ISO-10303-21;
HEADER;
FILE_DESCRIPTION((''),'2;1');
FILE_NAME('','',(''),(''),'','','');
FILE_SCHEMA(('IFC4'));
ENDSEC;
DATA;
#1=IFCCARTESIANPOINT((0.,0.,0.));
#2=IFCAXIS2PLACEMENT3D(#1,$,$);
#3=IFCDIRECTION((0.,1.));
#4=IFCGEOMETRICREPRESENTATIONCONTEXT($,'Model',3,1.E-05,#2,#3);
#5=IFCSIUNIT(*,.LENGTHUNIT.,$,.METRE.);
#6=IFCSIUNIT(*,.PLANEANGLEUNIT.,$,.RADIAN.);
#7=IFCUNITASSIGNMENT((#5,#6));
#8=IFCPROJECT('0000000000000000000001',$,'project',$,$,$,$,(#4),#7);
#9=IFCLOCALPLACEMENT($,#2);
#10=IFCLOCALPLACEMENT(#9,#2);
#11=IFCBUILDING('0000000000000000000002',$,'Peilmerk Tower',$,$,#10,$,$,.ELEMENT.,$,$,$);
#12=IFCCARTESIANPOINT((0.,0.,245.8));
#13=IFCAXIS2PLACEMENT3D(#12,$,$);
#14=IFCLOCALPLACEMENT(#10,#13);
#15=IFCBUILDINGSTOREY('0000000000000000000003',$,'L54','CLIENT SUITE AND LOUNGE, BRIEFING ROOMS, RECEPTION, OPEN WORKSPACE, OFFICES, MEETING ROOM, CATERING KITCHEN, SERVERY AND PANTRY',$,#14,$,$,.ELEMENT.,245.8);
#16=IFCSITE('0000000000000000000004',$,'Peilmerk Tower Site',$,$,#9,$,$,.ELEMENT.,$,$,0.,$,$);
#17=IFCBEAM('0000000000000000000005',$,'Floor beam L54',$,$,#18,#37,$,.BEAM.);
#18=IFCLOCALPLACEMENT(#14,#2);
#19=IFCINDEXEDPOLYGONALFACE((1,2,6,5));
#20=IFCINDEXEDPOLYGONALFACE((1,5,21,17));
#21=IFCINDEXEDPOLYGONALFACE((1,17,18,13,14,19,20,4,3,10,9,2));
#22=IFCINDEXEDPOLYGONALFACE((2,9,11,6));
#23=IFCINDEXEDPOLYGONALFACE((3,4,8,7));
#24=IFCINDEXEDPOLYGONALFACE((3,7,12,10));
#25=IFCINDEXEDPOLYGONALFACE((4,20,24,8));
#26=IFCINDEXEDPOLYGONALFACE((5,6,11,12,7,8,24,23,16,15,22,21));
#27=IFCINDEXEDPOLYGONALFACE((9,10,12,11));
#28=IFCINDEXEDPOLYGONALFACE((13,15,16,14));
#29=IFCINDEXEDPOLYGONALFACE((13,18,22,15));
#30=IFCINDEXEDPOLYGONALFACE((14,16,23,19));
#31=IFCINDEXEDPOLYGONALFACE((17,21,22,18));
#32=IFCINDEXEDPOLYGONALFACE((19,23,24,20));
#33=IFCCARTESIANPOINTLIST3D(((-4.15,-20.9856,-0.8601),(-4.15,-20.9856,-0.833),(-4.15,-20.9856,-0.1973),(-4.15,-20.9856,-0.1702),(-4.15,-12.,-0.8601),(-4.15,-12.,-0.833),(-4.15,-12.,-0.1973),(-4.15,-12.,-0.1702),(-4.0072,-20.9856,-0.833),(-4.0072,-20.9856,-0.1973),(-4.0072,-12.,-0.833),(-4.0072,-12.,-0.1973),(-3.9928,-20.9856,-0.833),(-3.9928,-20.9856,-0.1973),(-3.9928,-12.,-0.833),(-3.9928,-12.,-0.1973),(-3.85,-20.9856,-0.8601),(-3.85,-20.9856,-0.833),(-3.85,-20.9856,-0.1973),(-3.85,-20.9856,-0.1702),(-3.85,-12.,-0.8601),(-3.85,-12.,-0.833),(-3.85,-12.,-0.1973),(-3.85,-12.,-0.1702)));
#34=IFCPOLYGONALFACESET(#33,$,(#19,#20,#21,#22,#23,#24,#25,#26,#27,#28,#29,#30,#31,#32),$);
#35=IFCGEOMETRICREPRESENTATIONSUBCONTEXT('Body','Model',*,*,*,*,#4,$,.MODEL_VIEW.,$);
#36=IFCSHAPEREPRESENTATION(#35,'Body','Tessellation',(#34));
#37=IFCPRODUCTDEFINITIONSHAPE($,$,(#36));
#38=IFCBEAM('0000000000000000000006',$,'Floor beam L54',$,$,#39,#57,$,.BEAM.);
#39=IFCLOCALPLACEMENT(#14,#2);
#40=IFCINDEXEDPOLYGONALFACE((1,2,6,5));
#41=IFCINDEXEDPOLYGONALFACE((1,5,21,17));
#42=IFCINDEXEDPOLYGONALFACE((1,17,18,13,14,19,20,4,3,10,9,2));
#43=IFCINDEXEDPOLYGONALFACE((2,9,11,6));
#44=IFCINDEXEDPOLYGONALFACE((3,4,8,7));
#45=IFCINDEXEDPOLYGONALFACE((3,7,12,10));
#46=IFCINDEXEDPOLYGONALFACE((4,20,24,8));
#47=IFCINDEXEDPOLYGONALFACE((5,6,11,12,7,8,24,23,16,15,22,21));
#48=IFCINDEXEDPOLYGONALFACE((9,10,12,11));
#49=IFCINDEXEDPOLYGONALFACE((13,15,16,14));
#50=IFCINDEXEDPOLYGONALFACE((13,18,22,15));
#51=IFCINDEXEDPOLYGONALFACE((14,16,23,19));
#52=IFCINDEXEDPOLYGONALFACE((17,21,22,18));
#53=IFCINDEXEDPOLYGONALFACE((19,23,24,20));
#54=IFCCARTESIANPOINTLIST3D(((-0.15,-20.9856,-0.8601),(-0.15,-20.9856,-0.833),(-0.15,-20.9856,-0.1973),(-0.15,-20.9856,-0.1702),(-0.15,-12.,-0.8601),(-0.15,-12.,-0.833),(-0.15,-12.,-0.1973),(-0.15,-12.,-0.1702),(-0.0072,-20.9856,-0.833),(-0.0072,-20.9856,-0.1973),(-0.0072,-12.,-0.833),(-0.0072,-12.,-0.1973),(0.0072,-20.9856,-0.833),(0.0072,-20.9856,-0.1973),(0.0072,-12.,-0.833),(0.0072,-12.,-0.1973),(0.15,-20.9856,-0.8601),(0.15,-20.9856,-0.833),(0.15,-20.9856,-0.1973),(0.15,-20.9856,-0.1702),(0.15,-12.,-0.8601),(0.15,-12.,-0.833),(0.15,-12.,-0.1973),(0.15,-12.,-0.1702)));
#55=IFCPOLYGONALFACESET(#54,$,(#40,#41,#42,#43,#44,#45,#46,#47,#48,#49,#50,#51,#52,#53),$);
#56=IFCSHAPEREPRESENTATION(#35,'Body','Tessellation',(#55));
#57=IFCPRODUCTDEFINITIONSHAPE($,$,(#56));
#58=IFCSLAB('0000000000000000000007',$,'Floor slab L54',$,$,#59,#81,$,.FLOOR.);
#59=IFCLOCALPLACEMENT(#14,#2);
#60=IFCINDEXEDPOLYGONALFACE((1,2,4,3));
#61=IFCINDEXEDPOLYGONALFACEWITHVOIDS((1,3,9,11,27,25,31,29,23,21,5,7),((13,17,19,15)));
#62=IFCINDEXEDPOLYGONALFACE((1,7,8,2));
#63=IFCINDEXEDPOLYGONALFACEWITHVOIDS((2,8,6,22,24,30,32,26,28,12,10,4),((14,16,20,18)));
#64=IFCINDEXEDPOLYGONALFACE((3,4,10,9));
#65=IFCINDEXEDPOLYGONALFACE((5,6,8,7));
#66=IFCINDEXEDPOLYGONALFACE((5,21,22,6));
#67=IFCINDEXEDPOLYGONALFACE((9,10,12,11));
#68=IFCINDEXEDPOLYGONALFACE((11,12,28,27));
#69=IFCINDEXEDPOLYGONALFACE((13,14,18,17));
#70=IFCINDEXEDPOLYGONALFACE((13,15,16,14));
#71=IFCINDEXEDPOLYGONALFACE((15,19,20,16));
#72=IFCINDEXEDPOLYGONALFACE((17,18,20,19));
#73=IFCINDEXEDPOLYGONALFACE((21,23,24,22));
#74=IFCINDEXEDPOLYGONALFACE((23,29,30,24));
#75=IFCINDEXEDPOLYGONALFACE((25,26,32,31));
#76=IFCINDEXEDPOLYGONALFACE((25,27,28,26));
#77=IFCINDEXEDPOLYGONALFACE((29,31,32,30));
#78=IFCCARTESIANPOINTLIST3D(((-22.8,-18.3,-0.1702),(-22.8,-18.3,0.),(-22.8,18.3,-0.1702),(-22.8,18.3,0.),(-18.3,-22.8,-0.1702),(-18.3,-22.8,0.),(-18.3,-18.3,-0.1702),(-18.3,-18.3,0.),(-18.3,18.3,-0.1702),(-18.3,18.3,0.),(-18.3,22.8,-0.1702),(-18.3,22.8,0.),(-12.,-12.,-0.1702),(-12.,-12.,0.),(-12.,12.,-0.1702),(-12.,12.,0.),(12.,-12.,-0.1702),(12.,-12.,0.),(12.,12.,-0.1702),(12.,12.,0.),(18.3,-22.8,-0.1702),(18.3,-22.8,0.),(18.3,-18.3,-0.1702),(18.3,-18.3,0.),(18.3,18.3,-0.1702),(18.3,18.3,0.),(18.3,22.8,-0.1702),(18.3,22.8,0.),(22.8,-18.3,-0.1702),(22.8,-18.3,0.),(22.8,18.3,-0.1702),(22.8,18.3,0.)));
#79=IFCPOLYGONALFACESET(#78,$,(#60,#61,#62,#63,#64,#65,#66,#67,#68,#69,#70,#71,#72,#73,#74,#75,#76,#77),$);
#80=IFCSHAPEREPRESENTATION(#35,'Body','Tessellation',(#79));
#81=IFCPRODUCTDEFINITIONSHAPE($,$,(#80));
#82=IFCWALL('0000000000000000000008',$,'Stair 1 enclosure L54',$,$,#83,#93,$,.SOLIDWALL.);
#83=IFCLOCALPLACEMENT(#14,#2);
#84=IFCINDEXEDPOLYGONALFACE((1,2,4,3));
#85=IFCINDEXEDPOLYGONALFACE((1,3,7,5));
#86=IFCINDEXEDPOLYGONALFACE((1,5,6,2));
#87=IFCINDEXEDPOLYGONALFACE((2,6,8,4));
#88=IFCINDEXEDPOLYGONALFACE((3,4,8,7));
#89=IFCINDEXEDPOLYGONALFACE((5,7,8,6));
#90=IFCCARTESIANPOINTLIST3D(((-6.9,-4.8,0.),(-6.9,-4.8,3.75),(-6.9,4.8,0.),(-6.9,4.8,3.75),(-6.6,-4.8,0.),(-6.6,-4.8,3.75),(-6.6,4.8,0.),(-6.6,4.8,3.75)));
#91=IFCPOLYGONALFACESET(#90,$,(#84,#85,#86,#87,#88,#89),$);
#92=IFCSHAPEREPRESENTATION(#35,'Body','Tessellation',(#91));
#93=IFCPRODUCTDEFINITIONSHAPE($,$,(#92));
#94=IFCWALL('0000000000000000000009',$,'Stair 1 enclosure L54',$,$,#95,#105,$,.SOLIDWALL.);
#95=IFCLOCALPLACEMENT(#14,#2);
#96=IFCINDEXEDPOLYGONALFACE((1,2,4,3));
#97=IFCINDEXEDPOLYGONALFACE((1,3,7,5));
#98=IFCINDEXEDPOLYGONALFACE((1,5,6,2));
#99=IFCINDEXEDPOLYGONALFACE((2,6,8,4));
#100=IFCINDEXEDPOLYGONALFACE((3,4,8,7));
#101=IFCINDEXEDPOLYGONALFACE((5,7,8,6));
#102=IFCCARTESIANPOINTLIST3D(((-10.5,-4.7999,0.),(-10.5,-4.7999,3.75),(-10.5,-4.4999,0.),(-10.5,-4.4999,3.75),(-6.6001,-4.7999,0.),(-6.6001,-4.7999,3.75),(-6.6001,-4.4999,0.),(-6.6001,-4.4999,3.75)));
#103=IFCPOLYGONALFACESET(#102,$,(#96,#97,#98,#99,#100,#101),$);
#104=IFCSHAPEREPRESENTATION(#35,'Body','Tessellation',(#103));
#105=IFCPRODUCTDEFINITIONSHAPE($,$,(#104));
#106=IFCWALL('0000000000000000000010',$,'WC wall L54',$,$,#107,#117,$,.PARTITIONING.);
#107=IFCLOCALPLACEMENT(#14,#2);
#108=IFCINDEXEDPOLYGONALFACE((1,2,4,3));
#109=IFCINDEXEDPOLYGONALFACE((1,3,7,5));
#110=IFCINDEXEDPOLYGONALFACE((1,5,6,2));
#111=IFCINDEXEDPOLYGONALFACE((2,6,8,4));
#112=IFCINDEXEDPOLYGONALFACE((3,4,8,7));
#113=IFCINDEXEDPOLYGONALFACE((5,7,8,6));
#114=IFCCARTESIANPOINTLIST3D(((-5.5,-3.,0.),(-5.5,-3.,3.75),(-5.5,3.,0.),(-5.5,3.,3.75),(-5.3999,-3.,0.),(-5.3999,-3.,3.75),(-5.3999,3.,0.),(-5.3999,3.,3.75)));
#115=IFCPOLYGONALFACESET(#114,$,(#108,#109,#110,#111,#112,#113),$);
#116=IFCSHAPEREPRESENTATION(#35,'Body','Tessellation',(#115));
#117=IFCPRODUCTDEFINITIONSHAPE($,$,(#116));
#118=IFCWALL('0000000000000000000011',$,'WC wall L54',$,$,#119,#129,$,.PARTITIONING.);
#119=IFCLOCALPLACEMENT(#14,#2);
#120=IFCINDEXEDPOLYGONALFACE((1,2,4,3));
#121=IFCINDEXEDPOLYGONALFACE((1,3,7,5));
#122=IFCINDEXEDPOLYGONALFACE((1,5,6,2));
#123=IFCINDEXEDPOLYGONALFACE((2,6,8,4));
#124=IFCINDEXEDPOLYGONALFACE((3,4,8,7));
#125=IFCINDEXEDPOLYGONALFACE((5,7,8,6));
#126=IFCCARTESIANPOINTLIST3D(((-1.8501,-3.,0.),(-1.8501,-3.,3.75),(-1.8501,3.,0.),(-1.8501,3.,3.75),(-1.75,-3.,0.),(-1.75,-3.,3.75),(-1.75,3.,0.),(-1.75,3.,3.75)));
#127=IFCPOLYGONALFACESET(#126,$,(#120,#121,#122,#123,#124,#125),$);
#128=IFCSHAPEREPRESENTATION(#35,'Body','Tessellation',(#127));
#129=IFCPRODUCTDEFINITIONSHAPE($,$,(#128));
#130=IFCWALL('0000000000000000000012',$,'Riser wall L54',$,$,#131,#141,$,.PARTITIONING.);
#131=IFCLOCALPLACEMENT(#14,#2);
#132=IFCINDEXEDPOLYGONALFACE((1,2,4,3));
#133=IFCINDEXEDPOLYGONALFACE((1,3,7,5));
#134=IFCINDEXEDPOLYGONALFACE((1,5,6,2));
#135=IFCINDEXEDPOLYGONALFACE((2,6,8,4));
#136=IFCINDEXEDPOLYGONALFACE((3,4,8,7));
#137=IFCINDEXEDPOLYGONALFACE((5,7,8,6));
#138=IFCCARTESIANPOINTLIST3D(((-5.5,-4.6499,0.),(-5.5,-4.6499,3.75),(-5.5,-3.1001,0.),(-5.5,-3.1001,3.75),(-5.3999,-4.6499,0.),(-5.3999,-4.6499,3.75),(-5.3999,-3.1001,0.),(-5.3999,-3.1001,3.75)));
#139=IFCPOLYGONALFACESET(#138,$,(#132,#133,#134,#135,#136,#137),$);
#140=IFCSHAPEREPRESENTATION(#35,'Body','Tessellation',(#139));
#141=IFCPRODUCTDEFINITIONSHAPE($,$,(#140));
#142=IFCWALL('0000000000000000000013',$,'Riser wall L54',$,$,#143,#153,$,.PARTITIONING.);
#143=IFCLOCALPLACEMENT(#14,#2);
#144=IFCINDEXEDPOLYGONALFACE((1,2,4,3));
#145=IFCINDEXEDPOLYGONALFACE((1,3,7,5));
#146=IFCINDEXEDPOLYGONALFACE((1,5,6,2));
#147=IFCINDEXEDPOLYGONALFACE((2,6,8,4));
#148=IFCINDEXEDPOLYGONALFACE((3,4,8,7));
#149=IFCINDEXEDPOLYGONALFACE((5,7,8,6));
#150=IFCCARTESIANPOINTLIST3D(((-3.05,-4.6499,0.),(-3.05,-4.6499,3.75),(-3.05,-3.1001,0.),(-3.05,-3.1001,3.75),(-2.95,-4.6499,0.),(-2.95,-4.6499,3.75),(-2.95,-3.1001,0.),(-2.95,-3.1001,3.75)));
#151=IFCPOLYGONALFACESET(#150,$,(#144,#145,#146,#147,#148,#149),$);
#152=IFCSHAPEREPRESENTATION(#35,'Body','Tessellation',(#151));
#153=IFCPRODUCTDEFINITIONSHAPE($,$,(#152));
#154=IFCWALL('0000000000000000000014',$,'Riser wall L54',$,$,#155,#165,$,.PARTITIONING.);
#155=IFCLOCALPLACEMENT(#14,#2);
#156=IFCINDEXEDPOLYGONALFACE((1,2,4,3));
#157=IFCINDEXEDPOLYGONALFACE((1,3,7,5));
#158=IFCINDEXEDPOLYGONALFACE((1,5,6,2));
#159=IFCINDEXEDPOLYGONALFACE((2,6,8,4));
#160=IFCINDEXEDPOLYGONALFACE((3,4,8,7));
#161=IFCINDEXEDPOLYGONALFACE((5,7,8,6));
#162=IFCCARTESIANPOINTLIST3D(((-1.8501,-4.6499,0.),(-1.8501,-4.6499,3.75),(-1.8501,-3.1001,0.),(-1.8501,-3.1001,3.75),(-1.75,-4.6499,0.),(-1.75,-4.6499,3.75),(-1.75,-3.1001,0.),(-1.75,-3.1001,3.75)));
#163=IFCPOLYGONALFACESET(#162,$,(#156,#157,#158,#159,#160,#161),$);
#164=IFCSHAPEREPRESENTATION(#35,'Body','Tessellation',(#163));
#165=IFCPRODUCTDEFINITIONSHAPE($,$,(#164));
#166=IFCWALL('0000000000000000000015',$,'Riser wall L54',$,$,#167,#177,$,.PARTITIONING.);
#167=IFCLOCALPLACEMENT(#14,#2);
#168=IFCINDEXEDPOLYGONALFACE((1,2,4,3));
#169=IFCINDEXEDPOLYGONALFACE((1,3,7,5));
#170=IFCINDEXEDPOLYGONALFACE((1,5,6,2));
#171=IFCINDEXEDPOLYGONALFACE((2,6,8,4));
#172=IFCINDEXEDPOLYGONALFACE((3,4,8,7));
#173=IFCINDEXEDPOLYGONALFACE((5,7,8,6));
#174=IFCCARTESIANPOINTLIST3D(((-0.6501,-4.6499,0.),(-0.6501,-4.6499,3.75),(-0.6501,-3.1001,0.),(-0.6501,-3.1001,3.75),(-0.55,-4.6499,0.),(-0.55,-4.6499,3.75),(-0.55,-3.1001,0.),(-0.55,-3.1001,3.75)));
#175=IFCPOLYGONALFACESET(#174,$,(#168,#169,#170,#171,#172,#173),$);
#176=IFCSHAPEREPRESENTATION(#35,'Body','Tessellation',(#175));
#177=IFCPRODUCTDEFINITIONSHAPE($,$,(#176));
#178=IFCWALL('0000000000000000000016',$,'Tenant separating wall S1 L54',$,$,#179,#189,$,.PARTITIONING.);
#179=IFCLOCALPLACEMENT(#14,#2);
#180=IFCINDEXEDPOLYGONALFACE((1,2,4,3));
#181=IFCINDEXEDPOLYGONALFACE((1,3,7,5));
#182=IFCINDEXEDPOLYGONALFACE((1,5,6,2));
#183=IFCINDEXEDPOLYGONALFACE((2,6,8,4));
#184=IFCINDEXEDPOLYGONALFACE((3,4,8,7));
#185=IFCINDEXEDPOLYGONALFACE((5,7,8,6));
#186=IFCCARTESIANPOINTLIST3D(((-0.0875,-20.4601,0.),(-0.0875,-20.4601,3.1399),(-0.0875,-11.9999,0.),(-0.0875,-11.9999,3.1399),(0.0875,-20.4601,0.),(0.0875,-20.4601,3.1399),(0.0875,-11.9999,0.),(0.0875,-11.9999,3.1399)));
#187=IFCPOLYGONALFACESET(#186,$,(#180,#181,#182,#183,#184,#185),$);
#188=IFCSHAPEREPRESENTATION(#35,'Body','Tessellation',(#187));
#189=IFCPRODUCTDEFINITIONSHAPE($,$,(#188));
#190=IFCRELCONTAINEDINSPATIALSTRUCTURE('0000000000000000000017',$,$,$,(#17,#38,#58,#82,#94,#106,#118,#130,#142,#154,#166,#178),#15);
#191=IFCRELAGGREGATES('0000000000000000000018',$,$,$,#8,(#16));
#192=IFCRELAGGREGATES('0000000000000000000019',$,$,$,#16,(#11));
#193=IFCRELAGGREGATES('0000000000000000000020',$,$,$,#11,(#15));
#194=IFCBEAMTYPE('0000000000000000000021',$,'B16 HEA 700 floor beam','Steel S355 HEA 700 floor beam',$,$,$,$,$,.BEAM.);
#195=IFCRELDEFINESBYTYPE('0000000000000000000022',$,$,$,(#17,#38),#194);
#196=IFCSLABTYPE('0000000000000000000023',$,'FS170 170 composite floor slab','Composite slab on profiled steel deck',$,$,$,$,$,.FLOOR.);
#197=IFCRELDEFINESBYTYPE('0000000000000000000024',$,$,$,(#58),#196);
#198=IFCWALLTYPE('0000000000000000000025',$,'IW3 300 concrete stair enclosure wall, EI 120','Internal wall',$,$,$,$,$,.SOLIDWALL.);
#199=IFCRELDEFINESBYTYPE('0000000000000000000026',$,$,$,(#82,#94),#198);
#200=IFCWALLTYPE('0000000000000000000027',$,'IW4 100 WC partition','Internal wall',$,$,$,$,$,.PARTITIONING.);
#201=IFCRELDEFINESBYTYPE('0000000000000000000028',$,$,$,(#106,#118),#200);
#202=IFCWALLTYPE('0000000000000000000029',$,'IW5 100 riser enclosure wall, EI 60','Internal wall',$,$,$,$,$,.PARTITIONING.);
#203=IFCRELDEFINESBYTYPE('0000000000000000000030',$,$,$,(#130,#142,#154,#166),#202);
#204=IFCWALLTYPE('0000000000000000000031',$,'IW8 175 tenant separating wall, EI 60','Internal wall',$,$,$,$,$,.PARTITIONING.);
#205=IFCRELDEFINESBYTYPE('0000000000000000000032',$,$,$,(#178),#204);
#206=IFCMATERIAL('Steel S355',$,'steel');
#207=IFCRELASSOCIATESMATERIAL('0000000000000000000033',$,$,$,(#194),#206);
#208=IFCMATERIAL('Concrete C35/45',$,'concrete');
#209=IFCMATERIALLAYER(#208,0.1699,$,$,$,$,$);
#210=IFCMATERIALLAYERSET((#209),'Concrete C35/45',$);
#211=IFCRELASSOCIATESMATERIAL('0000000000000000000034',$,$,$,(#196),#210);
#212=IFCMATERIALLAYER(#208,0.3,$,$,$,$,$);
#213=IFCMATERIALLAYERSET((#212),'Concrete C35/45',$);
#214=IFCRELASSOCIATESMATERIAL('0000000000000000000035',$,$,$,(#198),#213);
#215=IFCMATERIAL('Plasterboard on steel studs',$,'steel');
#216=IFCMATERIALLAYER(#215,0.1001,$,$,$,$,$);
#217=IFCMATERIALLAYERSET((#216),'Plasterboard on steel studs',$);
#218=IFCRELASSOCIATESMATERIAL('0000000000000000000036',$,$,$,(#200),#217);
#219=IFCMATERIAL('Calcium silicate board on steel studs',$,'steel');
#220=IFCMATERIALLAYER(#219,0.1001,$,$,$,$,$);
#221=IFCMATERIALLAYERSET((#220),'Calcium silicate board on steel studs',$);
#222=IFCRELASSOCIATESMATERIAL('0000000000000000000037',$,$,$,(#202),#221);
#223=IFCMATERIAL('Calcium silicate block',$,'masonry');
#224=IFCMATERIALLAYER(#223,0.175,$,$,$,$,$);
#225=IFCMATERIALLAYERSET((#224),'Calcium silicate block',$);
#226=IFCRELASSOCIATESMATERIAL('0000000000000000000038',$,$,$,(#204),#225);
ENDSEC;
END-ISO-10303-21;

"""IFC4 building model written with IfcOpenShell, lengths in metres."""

from ifc_helpers import new_model, si_unit, direction, frame, frame_2d, origin, origin_2d, place, context, subcontext, project, spatial, polyline, rectangle, i_section, outline, extrude, material, layer, layer_set, material_profile, profile_set, type_object, element, save


model = new_model("IFC4")

# Units and contexts
model_context = context("Model", 3, precision=1e-05, world=origin(), true_north=direction((0.0, 1.0)))
body_context = subcontext(model_context, "Body", "Model", "MODEL_VIEW")
ifc_project = project(units=[si_unit("LENGTHUNIT", "METRE"), si_unit("PLANEANGLEUNIT", "RADIAN")], contexts=[model_context])

# Site, building, storey
site_placement = place(None, origin())
site = spatial("IfcSite", under=ifc_project, at=site_placement, Name="Peilmerk Tower Site", CompositionType="ELEMENT", RefElevation=0.0)
building_placement = place(site_placement, origin())
building = spatial("IfcBuilding", under=site, at=building_placement, Name="Peilmerk Tower", CompositionType="ELEMENT")
storey_placement = place(building_placement, frame((0.0, 0.0, 245.8)))
storey = spatial("IfcBuildingStorey", under=building, at=storey_placement, Name="L54", Description="CLIENT SUITE AND LOUNGE, BRIEFING ROOMS, RECEPTION, OPEN WORKSPACE, OFFICES, MEETING ROOM, CATERING KITCHEN, SERVERY AND PANTRY", CompositionType="ELEMENT", Elevation=245.8)

# Beams
ifc_material_1 = material(Name="Steel S355", Category="steel")
ifc_material_profile = material_profile(ifc_material_1, i_section(OverallWidth=0.3, OverallDepth=0.6899, WebThickness=0.0144, FlangeThickness=0.0271, at=origin_2d()), Name="HEA 700")
ifc_profile_set = profile_set([ifc_material_profile], Name="Steel S355")
beam_type = type_object("IfcBeamType", Name="B16 HEA 700 floor beam", Description="Steel S355 HEA 700 floor beam", PredefinedType="BEAM", material=ifc_profile_set)
for number, where, z_axis, x_axis, name in (
    (1, (-4.0, -12.0, -0.5151), (0.0, -1.0, 0.0), (1.0, 0.0, 0.0), "Floor beam L54"),
    (2, (0.0, -12.0, -0.5151), (0.0, -1.0, 0.0), (1.0, 0.0, 0.0), "Floor beam L54"),
):
    element("IfcBeam", number, at=place(storey_placement, frame(where, z_axis=z_axis, x_axis=x_axis)), inside=storey, type_object=beam_type, Name=name, PredefinedType="BEAM", context=body_context, shape_type="SweptSolid", body=[
        extrude(i_section(OverallWidth=0.3, OverallDepth=0.6899, WebThickness=0.0144, FlangeThickness=0.0271, at=origin_2d()), origin(), (0.0, 0.0, 1.0), 8.9856),
    ])

# Slab
ifc_material_2 = material(Name="Concrete C35/45", Category="concrete")
ifc_layer_1 = layer(ifc_material_2, 0.1699)
ifc_layer_set_1 = layer_set([ifc_layer_1], Name="Concrete C35/45")
slab_type = type_object("IfcSlabType", Name="FS170 170 composite floor slab", Description="Composite slab on profiled steel deck", PredefinedType="FLOOR", material=ifc_layer_set_1)
slab_placement = place(storey_placement, frame((0.0, 0.0, -0.1702)))
element("IfcSlab", 3, at=slab_placement, inside=storey, type_object=slab_type, Name="Floor slab L54", PredefinedType="FLOOR", context=body_context, shape_type="SweptSolid", body=[
    extrude(outline(polyline([(-18.3, -22.8), (18.3, -22.8), (18.3, -18.3), (22.8, -18.3), (22.8, 18.3), (18.3, 18.3), (18.3, 22.8), (-18.3, 22.8), (-18.3, 18.3), (-22.8, 18.3), (-22.8, -18.3), (-18.3, -18.3), (-18.3, -22.8)]), holes=[polyline([(12.0, 12.0), (12.0, -12.0), (-12.0, -12.0), (-12.0, 12.0), (12.0, 12.0)])]), origin(), (0.0, 0.0, 1.0), 0.1702),
])

# Walls
ifc_layer_2 = layer(ifc_material_2, 0.3)
ifc_layer_set_2 = layer_set([ifc_layer_2], Name="Concrete C35/45")
wall_type_1 = type_object("IfcWallType", Name="IW3 300 concrete stair enclosure wall, EI 120", Description="Internal wall", PredefinedType="SOLIDWALL", material=ifc_layer_set_2)
wall_1_placement = place(storey_placement, frame((-6.75, -4.8, 0.0), z_axis=(0.0, 0.0, 1.0), x_axis=(0.0, 1.0, 0.0)))
element("IfcWall", 4, at=wall_1_placement, inside=storey, type_object=wall_type_1, Name="Stair 1 enclosure L54", PredefinedType="SOLIDWALL", context=body_context, shape_type="SweptSolid", body=[
    extrude(rectangle(XDim=9.6001, YDim=0.3, at=frame_2d((4.8, 0.0))), origin(), (0.0, 0.0, 1.0), 3.75),
])
wall_2_placement = place(storey_placement, frame((-6.6001, -4.6499, 0.0), z_axis=(0.0, 0.0, 1.0), x_axis=(-1.0, 0.0, 0.0)))
element("IfcWall", 5, at=wall_2_placement, inside=storey, type_object=wall_type_1, Name="Stair 1 enclosure L54", PredefinedType="SOLIDWALL", context=body_context, shape_type="SweptSolid", body=[
    extrude(rectangle(XDim=3.8999, YDim=0.3, at=frame_2d((1.95, 0.0))), origin(), (0.0, 0.0, 1.0), 3.75),
])
ifc_material_3 = material(Name="Plasterboard on steel studs", Category="steel")
ifc_layer_3 = layer(ifc_material_3, 0.1001)
ifc_layer_set_3 = layer_set([ifc_layer_3], Name="Plasterboard on steel studs")
wall_type_2 = type_object("IfcWallType", Name="IW4 100 WC partition", Description="Internal wall", PredefinedType="PARTITIONING", material=ifc_layer_set_3)
for number, where, z_axis, x_axis, name in (
    (6, (-5.45, -3.0, 0.0), (0.0, 0.0, 1.0), (0.0, 1.0, 0.0), "WC wall L54"),
    (7, (-1.8, -3.0, 0.0), (0.0, 0.0, 1.0), (0.0, 1.0, 0.0), "WC wall L54"),
):
    element("IfcWall", number, at=place(storey_placement, frame(where, z_axis=z_axis, x_axis=x_axis)), inside=storey, type_object=wall_type_2, Name=name, PredefinedType="PARTITIONING", context=body_context, shape_type="SweptSolid", body=[
        extrude(rectangle(XDim=6.0, YDim=0.1001, at=frame_2d((3.0, 0.0))), origin(), (0.0, 0.0, 1.0), 3.75),
    ])
ifc_material_4 = material(Name="Calcium silicate board on steel studs", Category="steel")
ifc_layer_4 = layer(ifc_material_4, 0.1001)
ifc_layer_set_4 = layer_set([ifc_layer_4], Name="Calcium silicate board on steel studs")
wall_type_3 = type_object("IfcWallType", Name="IW5 100 riser enclosure wall, EI 60", Description="Internal wall", PredefinedType="PARTITIONING", material=ifc_layer_set_4)
for number, where, z_axis, x_axis, name in (
    (8, (-5.45, -3.1001, 0.0), (0.0, 0.0, 1.0), (0.0, -1.0, 0.0), "Riser wall L54"),
    (9, (-3.0, -3.1001, 0.0), (0.0, 0.0, 1.0), (0.0, -1.0, 0.0), "Riser wall L54"),
    (10, (-1.8, -3.1001, 0.0), (0.0, 0.0, 1.0), (0.0, -1.0, 0.0), "Riser wall L54"),
    (11, (-0.6001, -3.1001, 0.0), (0.0, 0.0, 1.0), (0.0, -1.0, 0.0), "Riser wall L54"),
):
    element("IfcWall", number, at=place(storey_placement, frame(where, z_axis=z_axis, x_axis=x_axis)), inside=storey, type_object=wall_type_3, Name=name, PredefinedType="PARTITIONING", context=body_context, shape_type="SweptSolid", body=[
        extrude(rectangle(XDim=1.5498, YDim=0.1001, at=frame_2d((0.7749, 0.0))), origin(), (0.0, 0.0, 1.0), 3.75),
    ])
ifc_material_5 = material(Name="Calcium silicate block", Category="masonry")
ifc_layer_5 = layer(ifc_material_5, 0.175)
ifc_layer_set_5 = layer_set([ifc_layer_5], Name="Calcium silicate block")
wall_type_4 = type_object("IfcWallType", Name="IW8 175 tenant separating wall, EI 60", Description="Internal wall", PredefinedType="PARTITIONING", material=ifc_layer_set_5)
wall_3_placement = place(storey_placement, frame((0.0, -12.0, 0.0), z_axis=(0.0, 0.0, 1.0), x_axis=(0.0, -1.0, 0.0)))
element("IfcWall", 12, at=wall_3_placement, inside=storey, type_object=wall_type_4, Name="Tenant separating wall S1 L54", PredefinedType="PARTITIONING", context=body_context, shape_type="SweptSolid", body=[
    extrude(rectangle(XDim=8.4602, YDim=0.175, at=frame_2d((4.23, 0.0))), origin(), (0.0, 0.0, 1.0), 3.1399),
])

save(model, "model.ifc")
